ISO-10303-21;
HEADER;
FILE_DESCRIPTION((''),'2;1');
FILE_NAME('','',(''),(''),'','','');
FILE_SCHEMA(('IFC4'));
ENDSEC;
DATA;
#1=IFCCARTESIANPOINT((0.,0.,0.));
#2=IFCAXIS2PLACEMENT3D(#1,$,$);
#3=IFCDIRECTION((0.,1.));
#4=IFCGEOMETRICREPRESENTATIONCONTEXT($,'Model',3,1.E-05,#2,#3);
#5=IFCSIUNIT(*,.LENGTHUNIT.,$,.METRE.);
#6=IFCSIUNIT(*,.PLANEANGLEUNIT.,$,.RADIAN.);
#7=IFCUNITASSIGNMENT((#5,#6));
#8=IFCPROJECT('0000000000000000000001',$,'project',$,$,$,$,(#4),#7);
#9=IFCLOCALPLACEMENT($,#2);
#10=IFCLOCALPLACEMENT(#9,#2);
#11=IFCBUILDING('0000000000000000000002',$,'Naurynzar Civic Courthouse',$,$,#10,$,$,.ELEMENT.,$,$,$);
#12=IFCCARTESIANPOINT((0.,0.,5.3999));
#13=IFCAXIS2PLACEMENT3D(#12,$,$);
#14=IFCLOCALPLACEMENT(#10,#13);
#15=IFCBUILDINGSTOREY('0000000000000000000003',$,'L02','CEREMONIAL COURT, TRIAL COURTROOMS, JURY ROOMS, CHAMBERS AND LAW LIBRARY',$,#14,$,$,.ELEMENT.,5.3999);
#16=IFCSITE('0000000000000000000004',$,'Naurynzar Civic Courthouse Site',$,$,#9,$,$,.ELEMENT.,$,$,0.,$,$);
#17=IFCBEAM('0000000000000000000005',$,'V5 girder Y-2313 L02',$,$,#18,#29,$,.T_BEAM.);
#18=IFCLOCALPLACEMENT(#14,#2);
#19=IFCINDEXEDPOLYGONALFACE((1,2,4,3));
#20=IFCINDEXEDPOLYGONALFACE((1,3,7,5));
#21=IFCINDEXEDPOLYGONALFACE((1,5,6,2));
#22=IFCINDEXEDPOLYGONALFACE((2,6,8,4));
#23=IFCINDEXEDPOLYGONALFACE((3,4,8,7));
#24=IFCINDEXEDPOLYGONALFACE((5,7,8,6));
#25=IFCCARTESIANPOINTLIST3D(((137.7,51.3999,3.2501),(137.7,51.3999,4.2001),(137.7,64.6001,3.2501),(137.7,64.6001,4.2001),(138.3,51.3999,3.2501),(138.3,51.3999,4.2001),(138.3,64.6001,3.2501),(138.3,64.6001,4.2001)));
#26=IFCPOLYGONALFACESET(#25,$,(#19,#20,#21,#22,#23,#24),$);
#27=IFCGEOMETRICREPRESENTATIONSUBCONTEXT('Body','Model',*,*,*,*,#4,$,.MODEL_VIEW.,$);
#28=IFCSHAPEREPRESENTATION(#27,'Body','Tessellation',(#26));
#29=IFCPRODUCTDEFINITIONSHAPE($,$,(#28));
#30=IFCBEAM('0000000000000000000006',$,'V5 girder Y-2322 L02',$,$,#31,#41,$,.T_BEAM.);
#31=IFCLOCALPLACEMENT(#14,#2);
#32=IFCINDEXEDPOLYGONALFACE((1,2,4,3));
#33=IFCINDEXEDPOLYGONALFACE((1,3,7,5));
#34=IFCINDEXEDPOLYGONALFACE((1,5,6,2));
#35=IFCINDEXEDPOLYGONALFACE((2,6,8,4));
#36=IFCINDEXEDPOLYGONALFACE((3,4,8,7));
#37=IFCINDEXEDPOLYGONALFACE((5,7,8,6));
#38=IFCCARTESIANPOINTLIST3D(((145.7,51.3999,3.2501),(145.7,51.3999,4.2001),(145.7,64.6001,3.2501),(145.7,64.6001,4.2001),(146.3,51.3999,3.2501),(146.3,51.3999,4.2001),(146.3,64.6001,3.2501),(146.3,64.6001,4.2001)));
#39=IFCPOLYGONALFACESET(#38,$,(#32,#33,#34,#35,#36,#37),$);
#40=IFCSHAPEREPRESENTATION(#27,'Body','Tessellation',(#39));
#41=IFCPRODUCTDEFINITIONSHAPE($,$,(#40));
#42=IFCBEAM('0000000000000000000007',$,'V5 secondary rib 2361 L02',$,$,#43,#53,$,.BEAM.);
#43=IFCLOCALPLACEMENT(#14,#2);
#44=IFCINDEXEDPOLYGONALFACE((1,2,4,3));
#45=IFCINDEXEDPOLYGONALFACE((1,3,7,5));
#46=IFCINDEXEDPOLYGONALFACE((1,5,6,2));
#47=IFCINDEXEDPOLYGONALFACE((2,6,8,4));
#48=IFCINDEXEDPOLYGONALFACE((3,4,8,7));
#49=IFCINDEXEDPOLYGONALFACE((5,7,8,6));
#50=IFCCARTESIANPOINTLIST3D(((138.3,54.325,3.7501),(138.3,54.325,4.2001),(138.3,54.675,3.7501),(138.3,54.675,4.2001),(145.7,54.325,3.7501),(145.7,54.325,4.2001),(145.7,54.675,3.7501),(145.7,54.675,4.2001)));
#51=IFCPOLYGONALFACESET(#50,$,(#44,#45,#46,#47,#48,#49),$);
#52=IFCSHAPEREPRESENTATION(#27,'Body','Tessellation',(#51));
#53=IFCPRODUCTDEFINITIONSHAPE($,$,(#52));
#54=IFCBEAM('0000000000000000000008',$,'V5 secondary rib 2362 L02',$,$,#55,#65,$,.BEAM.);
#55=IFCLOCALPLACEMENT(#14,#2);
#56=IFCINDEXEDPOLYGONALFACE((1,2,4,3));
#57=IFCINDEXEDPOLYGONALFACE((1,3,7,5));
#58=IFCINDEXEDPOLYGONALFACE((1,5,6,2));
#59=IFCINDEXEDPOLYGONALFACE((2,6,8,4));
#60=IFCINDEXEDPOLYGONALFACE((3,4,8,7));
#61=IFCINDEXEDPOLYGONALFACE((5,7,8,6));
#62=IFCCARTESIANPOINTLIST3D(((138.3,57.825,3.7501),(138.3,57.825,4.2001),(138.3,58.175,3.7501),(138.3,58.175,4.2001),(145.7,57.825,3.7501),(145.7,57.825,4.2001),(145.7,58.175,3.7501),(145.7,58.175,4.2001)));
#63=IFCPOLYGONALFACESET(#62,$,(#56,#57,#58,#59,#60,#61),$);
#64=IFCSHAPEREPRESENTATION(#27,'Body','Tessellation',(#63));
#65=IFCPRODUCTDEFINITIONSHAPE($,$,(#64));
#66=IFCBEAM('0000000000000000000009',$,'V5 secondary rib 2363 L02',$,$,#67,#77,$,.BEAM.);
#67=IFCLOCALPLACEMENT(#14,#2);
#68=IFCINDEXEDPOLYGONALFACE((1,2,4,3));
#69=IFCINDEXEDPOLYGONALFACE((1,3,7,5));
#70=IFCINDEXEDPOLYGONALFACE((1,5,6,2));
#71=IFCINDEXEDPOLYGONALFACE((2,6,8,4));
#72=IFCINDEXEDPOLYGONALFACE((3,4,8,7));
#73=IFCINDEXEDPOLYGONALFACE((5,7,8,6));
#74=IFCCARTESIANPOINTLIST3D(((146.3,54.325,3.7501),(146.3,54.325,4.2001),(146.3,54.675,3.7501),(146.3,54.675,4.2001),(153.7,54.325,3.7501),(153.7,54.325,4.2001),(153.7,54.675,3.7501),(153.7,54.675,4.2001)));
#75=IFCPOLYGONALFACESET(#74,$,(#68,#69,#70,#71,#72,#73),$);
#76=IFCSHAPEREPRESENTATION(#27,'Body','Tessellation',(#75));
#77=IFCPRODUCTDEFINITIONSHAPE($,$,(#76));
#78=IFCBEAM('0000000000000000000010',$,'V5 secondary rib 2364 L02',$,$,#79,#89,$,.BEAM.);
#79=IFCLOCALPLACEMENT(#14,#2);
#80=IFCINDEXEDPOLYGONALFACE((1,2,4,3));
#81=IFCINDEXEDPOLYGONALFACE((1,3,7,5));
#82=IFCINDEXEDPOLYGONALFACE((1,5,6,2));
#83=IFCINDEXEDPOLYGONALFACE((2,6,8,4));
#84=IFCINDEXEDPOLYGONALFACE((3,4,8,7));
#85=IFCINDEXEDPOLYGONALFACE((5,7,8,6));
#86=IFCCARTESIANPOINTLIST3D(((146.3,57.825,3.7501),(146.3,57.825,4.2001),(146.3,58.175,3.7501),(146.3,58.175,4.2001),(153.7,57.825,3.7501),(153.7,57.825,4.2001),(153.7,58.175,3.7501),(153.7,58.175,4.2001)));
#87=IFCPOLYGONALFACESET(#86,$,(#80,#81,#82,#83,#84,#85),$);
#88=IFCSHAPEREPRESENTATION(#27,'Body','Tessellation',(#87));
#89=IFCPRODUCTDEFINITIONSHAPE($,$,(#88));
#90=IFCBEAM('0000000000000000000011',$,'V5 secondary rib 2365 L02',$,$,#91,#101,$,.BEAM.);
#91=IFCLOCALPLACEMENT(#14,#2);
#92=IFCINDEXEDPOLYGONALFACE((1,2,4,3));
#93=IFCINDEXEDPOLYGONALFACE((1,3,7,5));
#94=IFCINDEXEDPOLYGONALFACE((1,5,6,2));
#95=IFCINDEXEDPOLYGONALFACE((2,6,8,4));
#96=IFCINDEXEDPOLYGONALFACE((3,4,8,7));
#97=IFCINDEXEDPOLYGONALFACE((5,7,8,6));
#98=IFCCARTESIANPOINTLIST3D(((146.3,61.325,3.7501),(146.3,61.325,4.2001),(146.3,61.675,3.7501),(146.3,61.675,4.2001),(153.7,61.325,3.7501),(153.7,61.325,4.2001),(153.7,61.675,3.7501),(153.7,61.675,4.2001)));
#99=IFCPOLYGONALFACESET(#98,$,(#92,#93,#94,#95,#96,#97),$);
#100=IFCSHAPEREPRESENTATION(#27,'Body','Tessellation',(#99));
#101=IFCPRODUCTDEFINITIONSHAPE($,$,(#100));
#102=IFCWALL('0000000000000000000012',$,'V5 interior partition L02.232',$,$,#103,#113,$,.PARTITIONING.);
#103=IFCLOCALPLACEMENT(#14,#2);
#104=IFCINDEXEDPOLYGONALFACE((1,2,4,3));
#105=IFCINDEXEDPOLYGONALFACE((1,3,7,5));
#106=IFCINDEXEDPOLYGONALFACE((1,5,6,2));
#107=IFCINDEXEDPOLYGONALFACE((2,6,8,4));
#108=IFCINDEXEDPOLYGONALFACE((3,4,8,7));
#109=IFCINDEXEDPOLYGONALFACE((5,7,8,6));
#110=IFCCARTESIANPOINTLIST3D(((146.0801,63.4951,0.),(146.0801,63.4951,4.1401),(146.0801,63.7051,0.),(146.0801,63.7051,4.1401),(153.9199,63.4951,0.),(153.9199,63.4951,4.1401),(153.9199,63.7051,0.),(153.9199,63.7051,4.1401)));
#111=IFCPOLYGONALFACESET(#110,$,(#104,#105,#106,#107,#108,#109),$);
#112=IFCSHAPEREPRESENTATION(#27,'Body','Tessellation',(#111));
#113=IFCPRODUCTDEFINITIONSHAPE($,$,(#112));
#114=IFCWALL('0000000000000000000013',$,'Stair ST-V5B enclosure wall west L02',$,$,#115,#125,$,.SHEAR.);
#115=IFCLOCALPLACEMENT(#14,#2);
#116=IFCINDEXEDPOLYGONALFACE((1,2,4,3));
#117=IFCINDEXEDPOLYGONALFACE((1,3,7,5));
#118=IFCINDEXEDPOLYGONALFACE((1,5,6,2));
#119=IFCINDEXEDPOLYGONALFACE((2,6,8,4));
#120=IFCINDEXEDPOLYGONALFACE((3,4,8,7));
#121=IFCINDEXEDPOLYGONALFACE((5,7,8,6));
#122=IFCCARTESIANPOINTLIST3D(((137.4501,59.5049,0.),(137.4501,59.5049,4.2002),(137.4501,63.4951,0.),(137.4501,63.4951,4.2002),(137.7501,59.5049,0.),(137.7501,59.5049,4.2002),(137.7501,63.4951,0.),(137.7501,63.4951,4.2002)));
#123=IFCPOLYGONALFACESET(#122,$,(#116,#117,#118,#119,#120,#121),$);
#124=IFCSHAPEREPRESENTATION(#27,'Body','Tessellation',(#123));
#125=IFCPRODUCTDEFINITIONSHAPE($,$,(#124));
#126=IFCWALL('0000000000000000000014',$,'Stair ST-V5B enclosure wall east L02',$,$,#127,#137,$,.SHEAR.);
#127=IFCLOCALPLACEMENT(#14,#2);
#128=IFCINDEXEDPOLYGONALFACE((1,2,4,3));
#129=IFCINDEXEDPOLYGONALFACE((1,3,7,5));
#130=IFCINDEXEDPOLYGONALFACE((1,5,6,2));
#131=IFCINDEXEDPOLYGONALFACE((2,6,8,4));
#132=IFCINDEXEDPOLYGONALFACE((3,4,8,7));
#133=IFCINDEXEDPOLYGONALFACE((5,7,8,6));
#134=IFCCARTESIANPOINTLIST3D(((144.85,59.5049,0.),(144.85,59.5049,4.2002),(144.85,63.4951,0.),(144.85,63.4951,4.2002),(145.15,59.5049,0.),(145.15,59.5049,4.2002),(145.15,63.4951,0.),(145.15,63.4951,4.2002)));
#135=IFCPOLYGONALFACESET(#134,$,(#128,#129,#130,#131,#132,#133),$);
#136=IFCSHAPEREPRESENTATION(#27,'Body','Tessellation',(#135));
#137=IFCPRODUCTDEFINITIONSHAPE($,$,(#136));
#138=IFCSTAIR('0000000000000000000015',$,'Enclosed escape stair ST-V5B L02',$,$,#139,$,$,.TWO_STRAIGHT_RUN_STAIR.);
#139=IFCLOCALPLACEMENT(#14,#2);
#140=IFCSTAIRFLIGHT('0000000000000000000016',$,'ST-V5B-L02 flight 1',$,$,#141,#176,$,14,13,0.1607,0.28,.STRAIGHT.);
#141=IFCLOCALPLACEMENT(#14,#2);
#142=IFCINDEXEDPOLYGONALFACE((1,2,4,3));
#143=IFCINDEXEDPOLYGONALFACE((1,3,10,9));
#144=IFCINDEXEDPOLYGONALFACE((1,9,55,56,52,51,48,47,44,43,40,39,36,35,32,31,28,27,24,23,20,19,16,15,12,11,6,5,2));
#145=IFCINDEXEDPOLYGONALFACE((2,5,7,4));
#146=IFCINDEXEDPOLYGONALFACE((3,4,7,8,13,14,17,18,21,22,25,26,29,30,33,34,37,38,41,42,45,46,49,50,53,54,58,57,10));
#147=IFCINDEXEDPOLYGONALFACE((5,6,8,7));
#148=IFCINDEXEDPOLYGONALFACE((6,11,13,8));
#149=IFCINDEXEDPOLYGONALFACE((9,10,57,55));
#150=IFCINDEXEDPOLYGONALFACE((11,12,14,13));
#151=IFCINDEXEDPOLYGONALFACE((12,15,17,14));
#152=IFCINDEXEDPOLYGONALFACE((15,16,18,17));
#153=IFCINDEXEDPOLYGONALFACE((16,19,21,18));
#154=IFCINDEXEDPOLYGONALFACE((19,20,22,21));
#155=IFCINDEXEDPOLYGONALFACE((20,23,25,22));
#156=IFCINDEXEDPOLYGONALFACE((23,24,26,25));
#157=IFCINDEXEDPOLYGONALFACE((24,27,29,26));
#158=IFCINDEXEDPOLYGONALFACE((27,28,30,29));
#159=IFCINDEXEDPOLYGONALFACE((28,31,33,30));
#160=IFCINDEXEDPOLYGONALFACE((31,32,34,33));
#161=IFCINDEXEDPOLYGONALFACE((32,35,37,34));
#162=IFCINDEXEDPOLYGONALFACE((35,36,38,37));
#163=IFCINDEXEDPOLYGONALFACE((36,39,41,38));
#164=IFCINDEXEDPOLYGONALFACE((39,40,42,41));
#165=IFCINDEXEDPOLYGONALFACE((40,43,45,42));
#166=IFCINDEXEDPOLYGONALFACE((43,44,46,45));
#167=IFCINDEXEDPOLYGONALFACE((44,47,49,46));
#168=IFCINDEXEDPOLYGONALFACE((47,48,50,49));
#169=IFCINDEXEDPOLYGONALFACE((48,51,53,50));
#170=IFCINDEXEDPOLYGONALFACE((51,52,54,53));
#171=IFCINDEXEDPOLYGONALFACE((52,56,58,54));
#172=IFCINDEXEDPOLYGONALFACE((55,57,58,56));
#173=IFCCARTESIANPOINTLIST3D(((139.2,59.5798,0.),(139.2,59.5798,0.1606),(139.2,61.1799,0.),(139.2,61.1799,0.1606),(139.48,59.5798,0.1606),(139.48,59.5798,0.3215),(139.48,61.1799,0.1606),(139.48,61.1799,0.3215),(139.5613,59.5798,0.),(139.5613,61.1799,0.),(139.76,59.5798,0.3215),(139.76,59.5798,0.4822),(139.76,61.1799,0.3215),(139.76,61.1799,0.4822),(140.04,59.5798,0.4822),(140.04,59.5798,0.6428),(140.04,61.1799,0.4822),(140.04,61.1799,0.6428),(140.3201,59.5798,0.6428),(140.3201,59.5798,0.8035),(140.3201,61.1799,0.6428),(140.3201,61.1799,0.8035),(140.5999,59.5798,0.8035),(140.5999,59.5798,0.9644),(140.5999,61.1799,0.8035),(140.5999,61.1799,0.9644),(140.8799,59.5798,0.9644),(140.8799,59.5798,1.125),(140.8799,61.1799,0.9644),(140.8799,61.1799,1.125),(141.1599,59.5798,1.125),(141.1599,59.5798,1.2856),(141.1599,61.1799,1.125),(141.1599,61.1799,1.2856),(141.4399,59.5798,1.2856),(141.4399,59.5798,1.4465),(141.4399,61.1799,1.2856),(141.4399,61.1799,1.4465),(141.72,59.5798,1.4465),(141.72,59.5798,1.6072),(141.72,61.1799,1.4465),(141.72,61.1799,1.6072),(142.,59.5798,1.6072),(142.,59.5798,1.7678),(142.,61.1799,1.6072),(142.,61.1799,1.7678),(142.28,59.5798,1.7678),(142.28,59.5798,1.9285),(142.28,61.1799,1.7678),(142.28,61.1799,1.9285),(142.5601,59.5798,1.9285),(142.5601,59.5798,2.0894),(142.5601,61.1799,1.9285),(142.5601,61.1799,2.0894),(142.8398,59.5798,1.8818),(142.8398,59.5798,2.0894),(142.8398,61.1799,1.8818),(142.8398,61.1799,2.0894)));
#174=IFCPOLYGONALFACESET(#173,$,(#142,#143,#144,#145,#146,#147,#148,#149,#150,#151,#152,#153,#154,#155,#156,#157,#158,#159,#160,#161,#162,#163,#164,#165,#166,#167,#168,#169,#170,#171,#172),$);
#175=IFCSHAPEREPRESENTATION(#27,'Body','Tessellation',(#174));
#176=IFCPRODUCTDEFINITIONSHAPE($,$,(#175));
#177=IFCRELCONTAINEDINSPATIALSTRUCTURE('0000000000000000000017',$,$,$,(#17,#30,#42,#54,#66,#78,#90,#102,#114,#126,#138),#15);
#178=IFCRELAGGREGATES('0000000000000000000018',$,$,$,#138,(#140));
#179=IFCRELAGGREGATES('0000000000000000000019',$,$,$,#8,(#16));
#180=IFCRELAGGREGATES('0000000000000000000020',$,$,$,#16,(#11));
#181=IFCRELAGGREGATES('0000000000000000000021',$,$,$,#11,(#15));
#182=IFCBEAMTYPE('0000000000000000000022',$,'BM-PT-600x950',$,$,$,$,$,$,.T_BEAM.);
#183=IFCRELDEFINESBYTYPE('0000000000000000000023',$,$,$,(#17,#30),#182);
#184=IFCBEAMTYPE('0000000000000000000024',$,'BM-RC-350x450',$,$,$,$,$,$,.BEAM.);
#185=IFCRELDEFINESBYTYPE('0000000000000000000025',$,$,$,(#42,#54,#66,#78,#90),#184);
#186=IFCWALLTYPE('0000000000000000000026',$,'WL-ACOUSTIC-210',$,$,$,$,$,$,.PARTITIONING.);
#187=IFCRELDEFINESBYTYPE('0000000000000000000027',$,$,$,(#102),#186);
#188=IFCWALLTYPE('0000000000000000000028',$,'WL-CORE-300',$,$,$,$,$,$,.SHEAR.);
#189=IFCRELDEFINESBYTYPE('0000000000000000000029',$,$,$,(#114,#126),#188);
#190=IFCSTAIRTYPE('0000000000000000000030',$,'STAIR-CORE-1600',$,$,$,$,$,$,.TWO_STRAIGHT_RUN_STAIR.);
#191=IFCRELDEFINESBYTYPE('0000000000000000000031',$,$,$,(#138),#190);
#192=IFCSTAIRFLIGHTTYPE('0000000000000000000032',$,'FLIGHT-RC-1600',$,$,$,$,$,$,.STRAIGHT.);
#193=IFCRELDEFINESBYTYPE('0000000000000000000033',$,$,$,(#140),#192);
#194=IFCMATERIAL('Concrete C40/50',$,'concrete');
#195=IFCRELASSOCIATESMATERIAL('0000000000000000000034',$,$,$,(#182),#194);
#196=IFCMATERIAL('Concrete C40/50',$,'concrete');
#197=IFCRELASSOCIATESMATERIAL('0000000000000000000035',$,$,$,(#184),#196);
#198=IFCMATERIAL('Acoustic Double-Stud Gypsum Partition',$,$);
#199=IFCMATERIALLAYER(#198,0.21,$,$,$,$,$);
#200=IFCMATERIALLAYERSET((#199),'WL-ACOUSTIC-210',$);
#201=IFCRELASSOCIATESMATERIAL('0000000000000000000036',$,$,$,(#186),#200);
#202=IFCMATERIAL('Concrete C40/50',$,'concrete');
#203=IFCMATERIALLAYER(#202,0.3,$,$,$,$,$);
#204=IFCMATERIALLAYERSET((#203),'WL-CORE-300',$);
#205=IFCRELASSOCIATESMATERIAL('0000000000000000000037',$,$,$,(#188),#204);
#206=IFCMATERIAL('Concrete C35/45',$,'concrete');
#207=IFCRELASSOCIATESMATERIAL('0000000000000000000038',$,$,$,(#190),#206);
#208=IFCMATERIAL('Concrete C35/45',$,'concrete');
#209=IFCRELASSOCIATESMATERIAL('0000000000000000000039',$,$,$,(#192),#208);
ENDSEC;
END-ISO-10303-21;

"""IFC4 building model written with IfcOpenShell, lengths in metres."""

from ifc_helpers import new_model, si_unit, direction, frame, frame_2d, origin, origin_2d, place, context, subcontext, project, spatial, polyline, rectangle, outline, extrude, material, layer, layer_set, material_profile, profile_set, type_object, element, aggregate, save


model = new_model("IFC4")

# Units and contexts
model_context = context("Model", 3, precision=1e-05, world=origin(), true_north=direction((0.0, 1.0)))
body_context = subcontext(model_context, "Body", "Model", "MODEL_VIEW")
ifc_project = project(units=[si_unit("LENGTHUNIT", "METRE"), si_unit("PLANEANGLEUNIT", "RADIAN")], contexts=[model_context])

# Site, building, storey
site_placement = place(None, origin())
site = spatial("IfcSite", under=ifc_project, at=site_placement, Name="Naurynzar Civic Courthouse Site", CompositionType="ELEMENT", RefElevation=0.0)
building_placement = place(site_placement, origin())
building = spatial("IfcBuilding", under=site, at=building_placement, Name="Naurynzar Civic Courthouse", CompositionType="ELEMENT")
storey_placement = place(building_placement, frame((0.0, 0.0, 5.3999)))
storey = spatial("IfcBuildingStorey", under=building, at=storey_placement, Name="L02", Description="CEREMONIAL COURT, TRIAL COURTROOMS, JURY ROOMS, CHAMBERS AND LAW LIBRARY", CompositionType="ELEMENT", Elevation=5.3999)

# Beams
ifc_material_1 = material(Name="Concrete C40/50", Category="concrete")
ifc_material_profile_1 = material_profile(ifc_material_1, rectangle(XDim=0.6001, YDim=0.95, at=origin_2d()), Name="PTB 600x950")
ifc_profile_set_1 = profile_set([ifc_material_profile_1], Name="Concrete C40/50")
beam_type_1 = type_object("IfcBeamType", Name="BM-PT-600x950", PredefinedType="T_BEAM", material=ifc_profile_set_1)
for number, where, z_axis, x_axis, name in (
    (1, (138.0, 51.3999, 3.7251), (0.0, 1.0, 0.0), (-1.0, 0.0, 0.0), "V5 girder Y-2313 L02"),
    (2, (146.0, 51.3999, 3.7251), (0.0, 1.0, 0.0), (-1.0, 0.0, 0.0), "V5 girder Y-2322 L02"),
):
    element("IfcBeam", number, at=place(storey_placement, frame(where, z_axis=z_axis, x_axis=x_axis)), inside=storey, type_object=beam_type_1, Name=name, PredefinedType="T_BEAM", context=body_context, shape_type="SweptSolid", body=[
        extrude(rectangle(XDim=0.6001, YDim=0.95, at=origin_2d()), origin(), (0.0, 0.0, 1.0), 13.2002),
    ])
ifc_material_2 = material(Name="Concrete C40/50", Category="concrete")
ifc_material_profile_2 = material_profile(ifc_material_2, rectangle(XDim=0.3501, YDim=0.45, at=origin_2d()), Name="RCB 350x450")
ifc_profile_set_2 = profile_set([ifc_material_profile_2], Name="Concrete C40/50")
beam_type_2 = type_object("IfcBeamType", Name="BM-RC-350x450", PredefinedType="BEAM", material=ifc_profile_set_2)
for number, where, z_axis, x_axis, name in (
    (3, (138.3, 54.5, 3.9751), (1.0, 0.0, 0.0), (0.0, 1.0, 0.0), "V5 secondary rib 2361 L02"),
    (4, (138.3, 58.0, 3.9751), (1.0, 0.0, 0.0), (0.0, 1.0, 0.0), "V5 secondary rib 2362 L02"),
    (5, (146.3, 54.5, 3.9751), (1.0, 0.0, 0.0), (0.0, 1.0, 0.0), "V5 secondary rib 2363 L02"),
    (6, (146.3, 58.0, 3.9751), (1.0, 0.0, 0.0), (0.0, 1.0, 0.0), "V5 secondary rib 2364 L02"),
    (7, (146.3, 61.5, 3.9751), (1.0, 0.0, 0.0), (0.0, 1.0, 0.0), "V5 secondary rib 2365 L02"),
):
    element("IfcBeam", number, at=place(storey_placement, frame(where, z_axis=z_axis, x_axis=x_axis)), inside=storey, type_object=beam_type_2, Name=name, PredefinedType="BEAM", context=body_context, shape_type="SweptSolid", body=[
        extrude(rectangle(XDim=0.3501, YDim=0.45, at=origin_2d()), origin(), (0.0, 0.0, 1.0), 7.3999),
    ])

# Wall
ifc_material_3 = material(Name="Acoustic Double-Stud Gypsum Partition")
ifc_layer_1 = layer(ifc_material_3, 0.21)
ifc_layer_set_1 = layer_set([ifc_layer_1], Name="WL-ACOUSTIC-210")
wall_type_1 = type_object("IfcWallType", Name="WL-ACOUSTIC-210", PredefinedType="PARTITIONING", material=ifc_layer_set_1)
wall_1_placement = place(storey_placement, frame((146.0801, 63.6001, 0.0), z_axis=(0.0, 0.0, 1.0), x_axis=(1.0, 0.0, 0.0)))
element("IfcWall", 8, at=wall_1_placement, inside=storey, type_object=wall_type_1, Name="V5 interior partition L02.232", PredefinedType="PARTITIONING", context=body_context, shape_type="SweptSolid", body=[
    extrude(rectangle(XDim=7.8398, YDim=0.21, at=frame_2d((3.9199, 0.0))), origin(), (0.0, 0.0, 1.0), 4.1401),
])

# Shared definitions
ifc_material_4 = material(Name="Concrete C40/50", Category="concrete")
ifc_layer_2 = layer(ifc_material_4, 0.3)
ifc_layer_set_2 = layer_set([ifc_layer_2], Name="WL-CORE-300")
wall_type_2 = type_object("IfcWallType", Name="WL-CORE-300", PredefinedType="SHEAR", material=ifc_layer_set_2)

# Walls
for number, where, z_axis, x_axis, name in (
    (9, (137.6001, 63.4951, 0.0), (0.0, 0.0, 1.0), (0.0, -1.0, 0.0), "Stair ST-V5B enclosure wall west L02"),
    (10, (145.0, 59.5049, 0.0), (0.0, 0.0, 1.0), (0.0, 1.0, 0.0), "Stair ST-V5B enclosure wall east L02"),
):
    element("IfcWall", number, at=place(storey_placement, frame(where, z_axis=z_axis, x_axis=x_axis)), inside=storey, type_object=wall_type_2, Name=name, PredefinedType="SHEAR", context=body_context, shape_type="SweptSolid", body=[
        extrude(rectangle(XDim=3.9902, YDim=0.3, at=frame_2d((1.9951, 0.0))), origin(), (0.0, 0.0, 1.0), 4.2002),
    ])

# Stair, stair flight
ifc_material_5 = material(Name="Concrete C35/45", Category="concrete")
stair_type = type_object("IfcStairType", Name="STAIR-CORE-1600", PredefinedType="TWO_STRAIGHT_RUN_STAIR", material=ifc_material_5)
stair_placement = place(storey_placement, origin())
stair = element("IfcStair", 11, at=stair_placement, inside=storey, type_object=stair_type, Name="Enclosed escape stair ST-V5B L02", PredefinedType="TWO_STRAIGHT_RUN_STAIR")
ifc_material_6 = material(Name="Concrete C35/45", Category="concrete")
stair_flight_type = type_object("IfcStairFlightType", Name="FLIGHT-RC-1600", PredefinedType="STRAIGHT", material=ifc_material_6)
stair_flight_1_placement = place(storey_placement, frame((139.2, 60.3799, 0.0), z_axis=(0.0, 0.0, 1.0), x_axis=(1.0, 0.0, 0.0)))
stair_flight_1 = element("IfcStairFlight", 12, at=stair_flight_1_placement, type_object=stair_flight_type, Name="ST-V5B-L02 flight 1", NumberOfRisers=14, NumberOfTreads=13, PredefinedType="STRAIGHT", RiserHeight=0.1607, TreadLength=0.28, context=body_context, shape_type="SweptSolid", body=[
    extrude(outline(polyline([(0.0, 0.0), (0.0, 0.1606), (0.28, 0.1606), (0.28, 0.3215), (0.5601, 0.3215), (0.5601, 0.4822), (0.8401, 0.4822), (0.8401, 0.6428), (1.1201, 0.6428), (1.1201, 0.8035), (1.3999, 0.8035), (1.3999, 0.9644), (1.6799, 0.9644), (1.6799, 1.125), (1.96, 1.125), (1.96, 1.2856), (2.24, 1.2856), (2.24, 1.4465), (2.52, 1.4465), (2.52, 1.6072), (2.8, 1.6072), (2.8, 1.7678), (3.0801, 1.7678), (3.0801, 1.9285), (3.3601, 1.9285), (3.3601, 2.0894), (3.6399, 2.0894), (3.6399, 2.25), (3.6399, 1.8818), (0.3613, 0.0), (0.0, 0.0)])), frame((0.0, 0.8, 0.0), z_axis=(0.0, -1.0, 0.0), x_axis=(1.0, 0.0, 0.0)), (0.0, 0.0, 1.0), 1.6001),
])
aggregate(stair, [stair_flight_1])

save(model, "model.ifc")
